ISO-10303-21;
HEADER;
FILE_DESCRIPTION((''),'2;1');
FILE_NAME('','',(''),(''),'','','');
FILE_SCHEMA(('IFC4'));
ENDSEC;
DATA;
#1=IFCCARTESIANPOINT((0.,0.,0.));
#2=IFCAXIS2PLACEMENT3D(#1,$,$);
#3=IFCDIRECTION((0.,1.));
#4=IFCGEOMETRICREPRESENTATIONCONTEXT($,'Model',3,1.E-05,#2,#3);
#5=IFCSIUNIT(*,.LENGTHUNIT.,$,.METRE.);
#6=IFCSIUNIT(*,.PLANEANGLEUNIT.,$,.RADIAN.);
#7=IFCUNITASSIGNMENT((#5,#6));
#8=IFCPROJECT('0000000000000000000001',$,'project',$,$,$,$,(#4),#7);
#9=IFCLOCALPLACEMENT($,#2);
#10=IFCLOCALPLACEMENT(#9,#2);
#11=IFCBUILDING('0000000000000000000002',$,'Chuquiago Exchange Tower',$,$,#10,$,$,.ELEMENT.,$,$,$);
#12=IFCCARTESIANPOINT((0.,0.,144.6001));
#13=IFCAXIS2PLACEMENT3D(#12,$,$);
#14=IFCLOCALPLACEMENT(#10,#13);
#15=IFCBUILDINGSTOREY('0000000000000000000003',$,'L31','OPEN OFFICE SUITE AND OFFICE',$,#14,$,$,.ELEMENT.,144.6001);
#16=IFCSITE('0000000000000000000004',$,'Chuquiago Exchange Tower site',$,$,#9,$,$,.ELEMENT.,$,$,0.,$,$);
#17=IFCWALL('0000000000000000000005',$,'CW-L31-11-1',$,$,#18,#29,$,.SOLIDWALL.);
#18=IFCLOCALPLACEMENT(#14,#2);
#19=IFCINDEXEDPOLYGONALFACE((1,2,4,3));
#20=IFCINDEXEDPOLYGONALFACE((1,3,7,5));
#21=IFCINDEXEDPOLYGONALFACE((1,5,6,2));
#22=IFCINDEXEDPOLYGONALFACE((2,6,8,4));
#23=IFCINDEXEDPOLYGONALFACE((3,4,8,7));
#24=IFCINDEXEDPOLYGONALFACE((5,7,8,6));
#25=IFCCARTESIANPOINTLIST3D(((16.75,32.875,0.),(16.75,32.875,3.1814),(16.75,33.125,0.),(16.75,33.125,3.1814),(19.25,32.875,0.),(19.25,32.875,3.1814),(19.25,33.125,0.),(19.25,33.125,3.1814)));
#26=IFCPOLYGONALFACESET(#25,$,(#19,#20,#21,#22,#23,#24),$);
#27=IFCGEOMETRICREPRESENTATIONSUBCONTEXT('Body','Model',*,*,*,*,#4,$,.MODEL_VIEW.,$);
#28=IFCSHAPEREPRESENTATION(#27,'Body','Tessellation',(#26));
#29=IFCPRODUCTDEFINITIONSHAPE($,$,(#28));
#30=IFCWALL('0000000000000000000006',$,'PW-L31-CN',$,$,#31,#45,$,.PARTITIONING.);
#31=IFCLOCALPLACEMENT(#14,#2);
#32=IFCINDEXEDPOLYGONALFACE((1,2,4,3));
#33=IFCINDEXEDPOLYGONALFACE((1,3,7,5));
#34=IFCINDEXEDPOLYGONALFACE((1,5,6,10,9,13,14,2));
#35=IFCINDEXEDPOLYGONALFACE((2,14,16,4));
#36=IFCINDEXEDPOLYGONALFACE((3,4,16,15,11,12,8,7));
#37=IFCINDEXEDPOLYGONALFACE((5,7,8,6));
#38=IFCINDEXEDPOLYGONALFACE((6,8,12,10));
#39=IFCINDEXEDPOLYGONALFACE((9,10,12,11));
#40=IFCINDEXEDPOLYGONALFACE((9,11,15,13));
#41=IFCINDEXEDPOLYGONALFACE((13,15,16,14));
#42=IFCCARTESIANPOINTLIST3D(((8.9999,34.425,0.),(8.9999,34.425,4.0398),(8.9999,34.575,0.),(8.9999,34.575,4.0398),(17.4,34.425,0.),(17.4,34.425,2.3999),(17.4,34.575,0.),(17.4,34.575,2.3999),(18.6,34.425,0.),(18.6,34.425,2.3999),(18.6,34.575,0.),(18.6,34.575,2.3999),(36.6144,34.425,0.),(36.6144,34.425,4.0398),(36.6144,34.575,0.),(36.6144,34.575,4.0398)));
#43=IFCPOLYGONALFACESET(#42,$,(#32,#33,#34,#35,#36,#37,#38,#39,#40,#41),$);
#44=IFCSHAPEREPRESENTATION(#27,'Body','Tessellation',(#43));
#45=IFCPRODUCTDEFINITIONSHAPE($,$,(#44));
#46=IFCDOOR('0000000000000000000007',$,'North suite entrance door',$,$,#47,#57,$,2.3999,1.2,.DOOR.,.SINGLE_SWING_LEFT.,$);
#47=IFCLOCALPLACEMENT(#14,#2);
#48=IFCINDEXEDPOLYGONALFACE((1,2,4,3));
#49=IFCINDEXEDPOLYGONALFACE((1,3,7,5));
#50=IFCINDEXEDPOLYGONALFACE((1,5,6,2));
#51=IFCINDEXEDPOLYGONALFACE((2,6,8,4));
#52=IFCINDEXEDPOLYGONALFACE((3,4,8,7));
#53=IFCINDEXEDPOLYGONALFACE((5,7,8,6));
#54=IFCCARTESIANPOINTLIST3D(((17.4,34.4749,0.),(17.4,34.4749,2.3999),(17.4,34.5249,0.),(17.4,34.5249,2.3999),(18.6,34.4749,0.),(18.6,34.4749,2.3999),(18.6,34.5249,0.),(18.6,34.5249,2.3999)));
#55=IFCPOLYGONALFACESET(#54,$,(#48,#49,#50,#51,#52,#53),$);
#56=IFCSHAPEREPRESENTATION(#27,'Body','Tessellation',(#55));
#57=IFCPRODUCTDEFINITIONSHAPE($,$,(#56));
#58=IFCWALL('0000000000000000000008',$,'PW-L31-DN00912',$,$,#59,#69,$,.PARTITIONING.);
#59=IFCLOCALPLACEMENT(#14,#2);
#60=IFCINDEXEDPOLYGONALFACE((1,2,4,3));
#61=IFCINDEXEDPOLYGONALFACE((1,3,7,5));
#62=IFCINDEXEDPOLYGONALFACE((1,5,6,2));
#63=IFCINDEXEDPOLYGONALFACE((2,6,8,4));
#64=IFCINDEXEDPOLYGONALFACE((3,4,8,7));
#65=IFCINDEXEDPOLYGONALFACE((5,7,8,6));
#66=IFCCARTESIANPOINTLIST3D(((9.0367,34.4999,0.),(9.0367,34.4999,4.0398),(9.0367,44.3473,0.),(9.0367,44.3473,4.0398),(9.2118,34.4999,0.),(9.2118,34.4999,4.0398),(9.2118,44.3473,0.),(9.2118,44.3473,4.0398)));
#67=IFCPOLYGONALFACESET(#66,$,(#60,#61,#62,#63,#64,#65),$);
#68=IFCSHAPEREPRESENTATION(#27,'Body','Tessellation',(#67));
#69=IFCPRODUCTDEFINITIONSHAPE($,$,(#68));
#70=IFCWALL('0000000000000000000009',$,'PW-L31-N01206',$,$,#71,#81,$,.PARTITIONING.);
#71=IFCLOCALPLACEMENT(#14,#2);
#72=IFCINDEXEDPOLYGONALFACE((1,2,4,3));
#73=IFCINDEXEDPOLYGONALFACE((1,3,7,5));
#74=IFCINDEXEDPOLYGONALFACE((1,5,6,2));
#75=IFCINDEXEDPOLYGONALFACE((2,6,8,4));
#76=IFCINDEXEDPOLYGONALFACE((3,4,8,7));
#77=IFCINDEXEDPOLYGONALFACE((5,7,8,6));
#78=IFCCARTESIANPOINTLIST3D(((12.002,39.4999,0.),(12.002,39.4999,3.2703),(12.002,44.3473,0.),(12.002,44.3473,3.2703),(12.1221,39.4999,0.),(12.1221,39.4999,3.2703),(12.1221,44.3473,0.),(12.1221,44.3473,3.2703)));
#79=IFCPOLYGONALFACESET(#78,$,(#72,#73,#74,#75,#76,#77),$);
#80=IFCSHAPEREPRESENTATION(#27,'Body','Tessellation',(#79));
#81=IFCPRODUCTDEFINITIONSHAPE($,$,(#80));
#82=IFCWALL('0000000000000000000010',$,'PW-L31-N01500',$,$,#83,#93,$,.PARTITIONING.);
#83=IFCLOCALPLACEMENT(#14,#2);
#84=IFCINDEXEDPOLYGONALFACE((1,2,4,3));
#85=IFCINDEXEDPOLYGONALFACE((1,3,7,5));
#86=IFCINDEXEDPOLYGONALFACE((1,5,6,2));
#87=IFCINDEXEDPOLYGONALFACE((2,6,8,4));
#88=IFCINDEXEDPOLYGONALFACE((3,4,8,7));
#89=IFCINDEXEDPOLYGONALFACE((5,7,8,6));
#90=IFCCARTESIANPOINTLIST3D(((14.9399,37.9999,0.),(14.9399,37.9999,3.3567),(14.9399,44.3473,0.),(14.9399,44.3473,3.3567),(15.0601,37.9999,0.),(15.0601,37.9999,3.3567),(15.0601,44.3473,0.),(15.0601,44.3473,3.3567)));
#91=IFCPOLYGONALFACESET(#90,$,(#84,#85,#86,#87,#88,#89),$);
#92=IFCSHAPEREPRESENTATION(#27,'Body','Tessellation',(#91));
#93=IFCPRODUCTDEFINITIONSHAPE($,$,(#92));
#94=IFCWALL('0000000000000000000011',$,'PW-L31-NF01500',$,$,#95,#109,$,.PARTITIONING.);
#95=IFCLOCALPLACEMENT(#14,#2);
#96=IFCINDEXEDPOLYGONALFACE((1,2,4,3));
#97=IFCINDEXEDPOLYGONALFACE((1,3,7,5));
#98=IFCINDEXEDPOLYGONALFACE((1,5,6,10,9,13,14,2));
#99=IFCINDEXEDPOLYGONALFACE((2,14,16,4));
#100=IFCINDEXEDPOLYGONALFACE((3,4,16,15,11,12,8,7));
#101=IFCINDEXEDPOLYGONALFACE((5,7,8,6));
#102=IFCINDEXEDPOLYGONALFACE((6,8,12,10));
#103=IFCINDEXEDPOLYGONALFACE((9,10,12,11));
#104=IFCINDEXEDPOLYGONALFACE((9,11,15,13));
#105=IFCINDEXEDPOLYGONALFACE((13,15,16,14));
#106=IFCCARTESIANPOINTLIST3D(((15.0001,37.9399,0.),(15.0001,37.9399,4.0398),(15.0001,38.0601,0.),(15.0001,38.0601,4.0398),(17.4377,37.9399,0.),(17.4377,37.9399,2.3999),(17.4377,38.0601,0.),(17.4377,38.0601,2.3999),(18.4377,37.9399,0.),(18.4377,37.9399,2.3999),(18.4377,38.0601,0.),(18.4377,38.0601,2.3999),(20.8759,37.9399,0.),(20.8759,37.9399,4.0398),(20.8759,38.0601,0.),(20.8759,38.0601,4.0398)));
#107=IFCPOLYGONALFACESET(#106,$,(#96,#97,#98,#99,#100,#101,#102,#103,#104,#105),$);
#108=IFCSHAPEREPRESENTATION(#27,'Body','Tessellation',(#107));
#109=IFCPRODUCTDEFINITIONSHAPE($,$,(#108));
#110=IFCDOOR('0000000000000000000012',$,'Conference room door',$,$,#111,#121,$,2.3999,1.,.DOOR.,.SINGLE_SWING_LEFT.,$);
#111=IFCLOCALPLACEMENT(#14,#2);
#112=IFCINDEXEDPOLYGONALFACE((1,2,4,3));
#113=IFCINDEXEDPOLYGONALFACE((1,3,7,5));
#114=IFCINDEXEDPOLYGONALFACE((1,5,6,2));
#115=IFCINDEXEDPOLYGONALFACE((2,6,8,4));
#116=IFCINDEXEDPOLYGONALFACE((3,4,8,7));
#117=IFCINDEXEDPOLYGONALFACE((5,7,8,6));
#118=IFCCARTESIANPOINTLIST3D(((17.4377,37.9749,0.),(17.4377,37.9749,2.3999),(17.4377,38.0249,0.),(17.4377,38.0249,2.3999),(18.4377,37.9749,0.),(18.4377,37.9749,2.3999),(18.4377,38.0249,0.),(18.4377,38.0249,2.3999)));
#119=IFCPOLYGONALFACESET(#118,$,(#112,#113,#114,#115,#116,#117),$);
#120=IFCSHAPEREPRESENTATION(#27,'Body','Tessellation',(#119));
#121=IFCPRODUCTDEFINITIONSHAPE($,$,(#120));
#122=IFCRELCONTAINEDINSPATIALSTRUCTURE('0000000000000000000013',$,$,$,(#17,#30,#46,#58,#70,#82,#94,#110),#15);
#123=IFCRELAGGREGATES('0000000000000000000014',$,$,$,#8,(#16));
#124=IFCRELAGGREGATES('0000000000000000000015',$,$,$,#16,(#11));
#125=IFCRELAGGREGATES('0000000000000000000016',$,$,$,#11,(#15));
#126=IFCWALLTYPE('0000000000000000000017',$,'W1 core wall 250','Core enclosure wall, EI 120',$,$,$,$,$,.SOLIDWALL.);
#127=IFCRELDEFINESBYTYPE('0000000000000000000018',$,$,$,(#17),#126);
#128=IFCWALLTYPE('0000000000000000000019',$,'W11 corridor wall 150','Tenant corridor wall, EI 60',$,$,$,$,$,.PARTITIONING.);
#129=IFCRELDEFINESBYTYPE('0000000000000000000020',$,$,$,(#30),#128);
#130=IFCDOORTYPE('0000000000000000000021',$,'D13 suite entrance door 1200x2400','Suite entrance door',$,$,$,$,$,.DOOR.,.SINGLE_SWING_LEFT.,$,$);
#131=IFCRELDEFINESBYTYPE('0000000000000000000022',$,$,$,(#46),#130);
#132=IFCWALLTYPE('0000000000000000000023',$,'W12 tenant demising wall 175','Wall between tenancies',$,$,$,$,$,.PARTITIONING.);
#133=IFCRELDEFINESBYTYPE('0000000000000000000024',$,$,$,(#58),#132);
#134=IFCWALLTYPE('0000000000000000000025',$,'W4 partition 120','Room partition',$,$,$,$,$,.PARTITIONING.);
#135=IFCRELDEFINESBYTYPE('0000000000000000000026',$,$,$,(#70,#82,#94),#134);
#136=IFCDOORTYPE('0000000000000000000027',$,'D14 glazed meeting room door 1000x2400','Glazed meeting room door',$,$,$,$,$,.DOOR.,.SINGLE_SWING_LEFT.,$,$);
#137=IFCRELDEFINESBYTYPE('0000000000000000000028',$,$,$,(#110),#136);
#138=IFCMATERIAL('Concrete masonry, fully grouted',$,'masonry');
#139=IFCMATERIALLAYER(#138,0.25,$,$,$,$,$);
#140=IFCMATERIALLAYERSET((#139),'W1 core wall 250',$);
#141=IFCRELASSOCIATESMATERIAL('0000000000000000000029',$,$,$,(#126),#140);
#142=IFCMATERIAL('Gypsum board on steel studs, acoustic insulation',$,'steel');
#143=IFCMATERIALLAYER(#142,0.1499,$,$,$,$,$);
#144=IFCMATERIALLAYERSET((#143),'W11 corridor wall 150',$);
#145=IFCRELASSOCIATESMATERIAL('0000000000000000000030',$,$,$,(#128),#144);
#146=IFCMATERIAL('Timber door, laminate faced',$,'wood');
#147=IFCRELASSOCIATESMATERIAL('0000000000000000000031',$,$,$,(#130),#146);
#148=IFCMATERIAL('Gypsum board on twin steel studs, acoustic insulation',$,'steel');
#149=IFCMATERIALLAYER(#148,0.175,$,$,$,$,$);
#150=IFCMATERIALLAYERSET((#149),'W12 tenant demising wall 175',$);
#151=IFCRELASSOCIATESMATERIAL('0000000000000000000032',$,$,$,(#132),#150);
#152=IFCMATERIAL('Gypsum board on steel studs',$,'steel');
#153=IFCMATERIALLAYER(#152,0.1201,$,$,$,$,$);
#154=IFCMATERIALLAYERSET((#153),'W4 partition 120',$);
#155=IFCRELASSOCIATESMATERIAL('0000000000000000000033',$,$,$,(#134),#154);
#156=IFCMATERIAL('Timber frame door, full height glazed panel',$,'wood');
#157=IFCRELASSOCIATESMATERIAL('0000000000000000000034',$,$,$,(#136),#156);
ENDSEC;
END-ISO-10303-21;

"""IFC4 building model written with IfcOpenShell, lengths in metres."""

from ifc_helpers import new_model, si_unit, direction, frame, frame_2d, origin, place, context, subcontext, project, spatial, rectangle, extrude, material, layer, layer_set, type_object, element, fill, save


model = new_model("IFC4")

# Units and contexts
model_context = context("Model", 3, precision=1e-05, world=origin(), true_north=direction((0.0, 1.0)))
body_context = subcontext(model_context, "Body", "Model", "MODEL_VIEW")
ifc_project = project(units=[si_unit("LENGTHUNIT", "METRE"), si_unit("PLANEANGLEUNIT", "RADIAN")], contexts=[model_context])

# Site, building, storey
site_placement = place(None, origin())
site = spatial("IfcSite", under=ifc_project, at=site_placement, Name="Chuquiago Exchange Tower site", CompositionType="ELEMENT", RefElevation=0.0)
building_placement = place(site_placement, origin())
building = spatial("IfcBuilding", under=site, at=building_placement, Name="Chuquiago Exchange Tower", CompositionType="ELEMENT")
storey_placement = place(building_placement, frame((0.0, 0.0, 144.6001)))
storey = spatial("IfcBuildingStorey", under=building, at=storey_placement, Name="L31", Description="OPEN OFFICE SUITE AND OFFICE", CompositionType="ELEMENT", Elevation=144.6001)

# Wall
ifc_material_1 = material(Name="Concrete masonry, fully grouted", Category="masonry")
ifc_layer_1 = layer(ifc_material_1, 0.25)
ifc_layer_set_1 = layer_set([ifc_layer_1], Name="W1 core wall 250")
wall_type_1 = type_object("IfcWallType", Name="W1 core wall 250", Description="Core enclosure wall, EI 120", PredefinedType="SOLIDWALL", material=ifc_layer_set_1)
wall_1_placement = place(storey_placement, frame((16.75, 33.0, 0.0), z_axis=(0.0, 0.0, 1.0), x_axis=(1.0, 0.0, 0.0)))
element("IfcWall", 1, at=wall_1_placement, inside=storey, type_object=wall_type_1, Name="CW-L31-11-1", PredefinedType="SOLIDWALL", context=body_context, shape_type="SweptSolid", body=[
    extrude(rectangle(XDim=2.5, YDim=0.25, at=frame_2d((1.25, 0.0))), origin(), (0.0, 0.0, 1.0), 3.1814),
])

# Wall, opening, door
ifc_material_2 = material(Name="Gypsum board on steel studs, acoustic insulation", Category="steel")
ifc_layer_2 = layer(ifc_material_2, 0.1499)
ifc_layer_set_2 = layer_set([ifc_layer_2], Name="W11 corridor wall 150")
wall_type_2 = type_object("IfcWallType", Name="W11 corridor wall 150", Description="Tenant corridor wall, EI 60", PredefinedType="PARTITIONING", material=ifc_layer_set_2)
wall_2_placement = place(storey_placement, frame((9.0, 34.5, 0.0), z_axis=(0.0, 0.0, 1.0), x_axis=(1.0, 0.0, 0.0)))
wall_2 = element("IfcWall", 2, at=wall_2_placement, inside=storey, type_object=wall_type_2, Name="PW-L31-CN", PredefinedType="PARTITIONING", context=body_context, shape_type="SweptSolid", body=[
    extrude(rectangle(XDim=27.6145, YDim=0.1499, at=frame_2d((13.8071, 0.0))), origin(), (0.0, 0.0, 1.0), 4.0398),
])
opening_1_placement = place(wall_2_placement, frame((8.3999, 0.0, 0.0)))
opening_1 = element("IfcOpeningElement", 3, at=opening_1_placement, cuts=wall_2, PredefinedType="OPENING", context=body_context, shape_type="SweptSolid", body=[
    extrude(rectangle(XDim=1.2, YDim=2.3999, at=frame_2d((0.6001, 1.2))), frame((0.0, 0.085, 0.0), z_axis=(0.0, -1.0, 0.0), x_axis=(1.0, 0.0, 0.0)), (0.0, 0.0, 1.0), 0.1699),
])
ifc_material_3 = material(Name="Timber door, laminate faced", Category="wood")
door_type_1 = type_object("IfcDoorType", Name="D13 suite entrance door 1200x2400", Description="Suite entrance door", OperationType="SINGLE_SWING_LEFT", PredefinedType="DOOR", material=ifc_material_3)
door_1_placement = place(opening_1_placement, origin())
door_1 = element("IfcDoor", 4, at=door_1_placement, inside=storey, type_object=door_type_1, Name="North suite entrance door", OperationType="SINGLE_SWING_LEFT", OverallHeight=2.3999, OverallWidth=1.2, PredefinedType="DOOR", context=body_context, shape_type="SweptSolid", body=[
    extrude(rectangle(XDim=1.2, YDim=2.3999, at=frame_2d((0.6001, 1.2))), frame((0.0, 0.0249, 0.0), z_axis=(0.0, -1.0, 0.0), x_axis=(1.0, 0.0, 0.0)), (0.0, 0.0, 1.0), 0.05),
])
fill(opening_1, door_1)

# Walls
ifc_material_4 = material(Name="Gypsum board on twin steel studs, acoustic insulation", Category="steel")
ifc_layer_3 = layer(ifc_material_4, 0.175)
ifc_layer_set_3 = layer_set([ifc_layer_3], Name="W12 tenant demising wall 175")
wall_type_3 = type_object("IfcWallType", Name="W12 tenant demising wall 175", Description="Wall between tenancies", PredefinedType="PARTITIONING", material=ifc_layer_set_3)
wall_3_placement = place(storey_placement, frame((9.1243, 44.3474, 0.0), z_axis=(0.0, 0.0, 1.0), x_axis=(0.0, -1.0, 0.0)))
element("IfcWall", 5, at=wall_3_placement, inside=storey, type_object=wall_type_3, Name="PW-L31-DN00912", PredefinedType="PARTITIONING", context=body_context, shape_type="SweptSolid", body=[
    extrude(rectangle(XDim=9.8474, YDim=0.175, at=frame_2d((4.9238, 0.0))), origin(), (0.0, 0.0, 1.0), 4.0398),
])
ifc_material_5 = material(Name="Gypsum board on steel studs", Category="steel")
ifc_layer_4 = layer(ifc_material_5, 0.1201)
ifc_layer_set_4 = layer_set([ifc_layer_4], Name="W4 partition 120")
wall_type_4 = type_object("IfcWallType", Name="W4 partition 120", Description="Room partition", PredefinedType="PARTITIONING", material=ifc_layer_set_4)
wall_4_placement = place(storey_placement, frame((12.062, 44.3474, 0.0), z_axis=(0.0, 0.0, 1.0), x_axis=(0.0, -1.0, 0.0)))
element("IfcWall", 6, at=wall_4_placement, inside=storey, type_object=wall_type_4, Name="PW-L31-N01206", PredefinedType="PARTITIONING", context=body_context, shape_type="SweptSolid", body=[
    extrude(rectangle(XDim=4.8474, YDim=0.1201, at=frame_2d((2.4238, 0.0))), origin(), (0.0, 0.0, 1.0), 3.2703),
])
wall_5_placement = place(storey_placement, frame((15.0, 44.3474, 0.0), z_axis=(0.0, 0.0, 1.0), x_axis=(0.0, -1.0, 0.0)))
element("IfcWall", 7, at=wall_5_placement, inside=storey, type_object=wall_type_4, Name="PW-L31-N01500", PredefinedType="PARTITIONING", context=body_context, shape_type="SweptSolid", body=[
    extrude(rectangle(XDim=6.3474, YDim=0.1201, at=frame_2d((3.1738, 0.0))), origin(), (0.0, 0.0, 1.0), 3.3567),
])

# Wall, opening, door
wall_6_placement = place(storey_placement, frame((15.0, 38.0, 0.0), z_axis=(0.0, 0.0, 1.0), x_axis=(1.0, 0.0, 0.0)))
wall_6 = element("IfcWall", 8, at=wall_6_placement, inside=storey, type_object=wall_type_4, Name="PW-L31-NF01500", PredefinedType="PARTITIONING", context=body_context, shape_type="SweptSolid", body=[
    extrude(rectangle(XDim=5.8757, YDim=0.1201, at=frame_2d((2.938, 0.0))), origin(), (0.0, 0.0, 1.0), 4.0398),
])
opening_2_placement = place(wall_6_placement, frame((2.4377, 0.0, 0.0)))
opening_2 = element("IfcOpeningElement", 9, at=opening_2_placement, cuts=wall_6, PredefinedType="OPENING", context=body_context, shape_type="SweptSolid", body=[
    extrude(rectangle(XDim=1.0, YDim=2.3999, at=frame_2d((0.5, 1.2))), frame((0.0, 0.0701, 0.0), z_axis=(0.0, -1.0, 0.0), x_axis=(1.0, 0.0, 0.0)), (0.0, 0.0, 1.0), 0.1401),
])
ifc_material_6 = material(Name="Timber frame door, full height glazed panel", Category="wood")
door_type_2 = type_object("IfcDoorType", Name="D14 glazed meeting room door 1000x2400", Description="Glazed meeting room door", OperationType="SINGLE_SWING_LEFT", PredefinedType="DOOR", material=ifc_material_6)
door_2_placement = place(opening_2_placement, origin())
door_2 = element("IfcDoor", 10, at=door_2_placement, inside=storey, type_object=door_type_2, Name="Conference room door", OperationType="SINGLE_SWING_LEFT", OverallHeight=2.3999, OverallWidth=1.0, PredefinedType="DOOR", context=body_context, shape_type="SweptSolid", body=[
    extrude(rectangle(XDim=1.0, YDim=2.3999, at=frame_2d((0.5, 1.2))), frame((0.0, 0.0249, 0.0), z_axis=(0.0, -1.0, 0.0), x_axis=(1.0, 0.0, 0.0)), (0.0, 0.0, 1.0), 0.05),
])
fill(opening_2, door_2)

save(model, "model.ifc")
